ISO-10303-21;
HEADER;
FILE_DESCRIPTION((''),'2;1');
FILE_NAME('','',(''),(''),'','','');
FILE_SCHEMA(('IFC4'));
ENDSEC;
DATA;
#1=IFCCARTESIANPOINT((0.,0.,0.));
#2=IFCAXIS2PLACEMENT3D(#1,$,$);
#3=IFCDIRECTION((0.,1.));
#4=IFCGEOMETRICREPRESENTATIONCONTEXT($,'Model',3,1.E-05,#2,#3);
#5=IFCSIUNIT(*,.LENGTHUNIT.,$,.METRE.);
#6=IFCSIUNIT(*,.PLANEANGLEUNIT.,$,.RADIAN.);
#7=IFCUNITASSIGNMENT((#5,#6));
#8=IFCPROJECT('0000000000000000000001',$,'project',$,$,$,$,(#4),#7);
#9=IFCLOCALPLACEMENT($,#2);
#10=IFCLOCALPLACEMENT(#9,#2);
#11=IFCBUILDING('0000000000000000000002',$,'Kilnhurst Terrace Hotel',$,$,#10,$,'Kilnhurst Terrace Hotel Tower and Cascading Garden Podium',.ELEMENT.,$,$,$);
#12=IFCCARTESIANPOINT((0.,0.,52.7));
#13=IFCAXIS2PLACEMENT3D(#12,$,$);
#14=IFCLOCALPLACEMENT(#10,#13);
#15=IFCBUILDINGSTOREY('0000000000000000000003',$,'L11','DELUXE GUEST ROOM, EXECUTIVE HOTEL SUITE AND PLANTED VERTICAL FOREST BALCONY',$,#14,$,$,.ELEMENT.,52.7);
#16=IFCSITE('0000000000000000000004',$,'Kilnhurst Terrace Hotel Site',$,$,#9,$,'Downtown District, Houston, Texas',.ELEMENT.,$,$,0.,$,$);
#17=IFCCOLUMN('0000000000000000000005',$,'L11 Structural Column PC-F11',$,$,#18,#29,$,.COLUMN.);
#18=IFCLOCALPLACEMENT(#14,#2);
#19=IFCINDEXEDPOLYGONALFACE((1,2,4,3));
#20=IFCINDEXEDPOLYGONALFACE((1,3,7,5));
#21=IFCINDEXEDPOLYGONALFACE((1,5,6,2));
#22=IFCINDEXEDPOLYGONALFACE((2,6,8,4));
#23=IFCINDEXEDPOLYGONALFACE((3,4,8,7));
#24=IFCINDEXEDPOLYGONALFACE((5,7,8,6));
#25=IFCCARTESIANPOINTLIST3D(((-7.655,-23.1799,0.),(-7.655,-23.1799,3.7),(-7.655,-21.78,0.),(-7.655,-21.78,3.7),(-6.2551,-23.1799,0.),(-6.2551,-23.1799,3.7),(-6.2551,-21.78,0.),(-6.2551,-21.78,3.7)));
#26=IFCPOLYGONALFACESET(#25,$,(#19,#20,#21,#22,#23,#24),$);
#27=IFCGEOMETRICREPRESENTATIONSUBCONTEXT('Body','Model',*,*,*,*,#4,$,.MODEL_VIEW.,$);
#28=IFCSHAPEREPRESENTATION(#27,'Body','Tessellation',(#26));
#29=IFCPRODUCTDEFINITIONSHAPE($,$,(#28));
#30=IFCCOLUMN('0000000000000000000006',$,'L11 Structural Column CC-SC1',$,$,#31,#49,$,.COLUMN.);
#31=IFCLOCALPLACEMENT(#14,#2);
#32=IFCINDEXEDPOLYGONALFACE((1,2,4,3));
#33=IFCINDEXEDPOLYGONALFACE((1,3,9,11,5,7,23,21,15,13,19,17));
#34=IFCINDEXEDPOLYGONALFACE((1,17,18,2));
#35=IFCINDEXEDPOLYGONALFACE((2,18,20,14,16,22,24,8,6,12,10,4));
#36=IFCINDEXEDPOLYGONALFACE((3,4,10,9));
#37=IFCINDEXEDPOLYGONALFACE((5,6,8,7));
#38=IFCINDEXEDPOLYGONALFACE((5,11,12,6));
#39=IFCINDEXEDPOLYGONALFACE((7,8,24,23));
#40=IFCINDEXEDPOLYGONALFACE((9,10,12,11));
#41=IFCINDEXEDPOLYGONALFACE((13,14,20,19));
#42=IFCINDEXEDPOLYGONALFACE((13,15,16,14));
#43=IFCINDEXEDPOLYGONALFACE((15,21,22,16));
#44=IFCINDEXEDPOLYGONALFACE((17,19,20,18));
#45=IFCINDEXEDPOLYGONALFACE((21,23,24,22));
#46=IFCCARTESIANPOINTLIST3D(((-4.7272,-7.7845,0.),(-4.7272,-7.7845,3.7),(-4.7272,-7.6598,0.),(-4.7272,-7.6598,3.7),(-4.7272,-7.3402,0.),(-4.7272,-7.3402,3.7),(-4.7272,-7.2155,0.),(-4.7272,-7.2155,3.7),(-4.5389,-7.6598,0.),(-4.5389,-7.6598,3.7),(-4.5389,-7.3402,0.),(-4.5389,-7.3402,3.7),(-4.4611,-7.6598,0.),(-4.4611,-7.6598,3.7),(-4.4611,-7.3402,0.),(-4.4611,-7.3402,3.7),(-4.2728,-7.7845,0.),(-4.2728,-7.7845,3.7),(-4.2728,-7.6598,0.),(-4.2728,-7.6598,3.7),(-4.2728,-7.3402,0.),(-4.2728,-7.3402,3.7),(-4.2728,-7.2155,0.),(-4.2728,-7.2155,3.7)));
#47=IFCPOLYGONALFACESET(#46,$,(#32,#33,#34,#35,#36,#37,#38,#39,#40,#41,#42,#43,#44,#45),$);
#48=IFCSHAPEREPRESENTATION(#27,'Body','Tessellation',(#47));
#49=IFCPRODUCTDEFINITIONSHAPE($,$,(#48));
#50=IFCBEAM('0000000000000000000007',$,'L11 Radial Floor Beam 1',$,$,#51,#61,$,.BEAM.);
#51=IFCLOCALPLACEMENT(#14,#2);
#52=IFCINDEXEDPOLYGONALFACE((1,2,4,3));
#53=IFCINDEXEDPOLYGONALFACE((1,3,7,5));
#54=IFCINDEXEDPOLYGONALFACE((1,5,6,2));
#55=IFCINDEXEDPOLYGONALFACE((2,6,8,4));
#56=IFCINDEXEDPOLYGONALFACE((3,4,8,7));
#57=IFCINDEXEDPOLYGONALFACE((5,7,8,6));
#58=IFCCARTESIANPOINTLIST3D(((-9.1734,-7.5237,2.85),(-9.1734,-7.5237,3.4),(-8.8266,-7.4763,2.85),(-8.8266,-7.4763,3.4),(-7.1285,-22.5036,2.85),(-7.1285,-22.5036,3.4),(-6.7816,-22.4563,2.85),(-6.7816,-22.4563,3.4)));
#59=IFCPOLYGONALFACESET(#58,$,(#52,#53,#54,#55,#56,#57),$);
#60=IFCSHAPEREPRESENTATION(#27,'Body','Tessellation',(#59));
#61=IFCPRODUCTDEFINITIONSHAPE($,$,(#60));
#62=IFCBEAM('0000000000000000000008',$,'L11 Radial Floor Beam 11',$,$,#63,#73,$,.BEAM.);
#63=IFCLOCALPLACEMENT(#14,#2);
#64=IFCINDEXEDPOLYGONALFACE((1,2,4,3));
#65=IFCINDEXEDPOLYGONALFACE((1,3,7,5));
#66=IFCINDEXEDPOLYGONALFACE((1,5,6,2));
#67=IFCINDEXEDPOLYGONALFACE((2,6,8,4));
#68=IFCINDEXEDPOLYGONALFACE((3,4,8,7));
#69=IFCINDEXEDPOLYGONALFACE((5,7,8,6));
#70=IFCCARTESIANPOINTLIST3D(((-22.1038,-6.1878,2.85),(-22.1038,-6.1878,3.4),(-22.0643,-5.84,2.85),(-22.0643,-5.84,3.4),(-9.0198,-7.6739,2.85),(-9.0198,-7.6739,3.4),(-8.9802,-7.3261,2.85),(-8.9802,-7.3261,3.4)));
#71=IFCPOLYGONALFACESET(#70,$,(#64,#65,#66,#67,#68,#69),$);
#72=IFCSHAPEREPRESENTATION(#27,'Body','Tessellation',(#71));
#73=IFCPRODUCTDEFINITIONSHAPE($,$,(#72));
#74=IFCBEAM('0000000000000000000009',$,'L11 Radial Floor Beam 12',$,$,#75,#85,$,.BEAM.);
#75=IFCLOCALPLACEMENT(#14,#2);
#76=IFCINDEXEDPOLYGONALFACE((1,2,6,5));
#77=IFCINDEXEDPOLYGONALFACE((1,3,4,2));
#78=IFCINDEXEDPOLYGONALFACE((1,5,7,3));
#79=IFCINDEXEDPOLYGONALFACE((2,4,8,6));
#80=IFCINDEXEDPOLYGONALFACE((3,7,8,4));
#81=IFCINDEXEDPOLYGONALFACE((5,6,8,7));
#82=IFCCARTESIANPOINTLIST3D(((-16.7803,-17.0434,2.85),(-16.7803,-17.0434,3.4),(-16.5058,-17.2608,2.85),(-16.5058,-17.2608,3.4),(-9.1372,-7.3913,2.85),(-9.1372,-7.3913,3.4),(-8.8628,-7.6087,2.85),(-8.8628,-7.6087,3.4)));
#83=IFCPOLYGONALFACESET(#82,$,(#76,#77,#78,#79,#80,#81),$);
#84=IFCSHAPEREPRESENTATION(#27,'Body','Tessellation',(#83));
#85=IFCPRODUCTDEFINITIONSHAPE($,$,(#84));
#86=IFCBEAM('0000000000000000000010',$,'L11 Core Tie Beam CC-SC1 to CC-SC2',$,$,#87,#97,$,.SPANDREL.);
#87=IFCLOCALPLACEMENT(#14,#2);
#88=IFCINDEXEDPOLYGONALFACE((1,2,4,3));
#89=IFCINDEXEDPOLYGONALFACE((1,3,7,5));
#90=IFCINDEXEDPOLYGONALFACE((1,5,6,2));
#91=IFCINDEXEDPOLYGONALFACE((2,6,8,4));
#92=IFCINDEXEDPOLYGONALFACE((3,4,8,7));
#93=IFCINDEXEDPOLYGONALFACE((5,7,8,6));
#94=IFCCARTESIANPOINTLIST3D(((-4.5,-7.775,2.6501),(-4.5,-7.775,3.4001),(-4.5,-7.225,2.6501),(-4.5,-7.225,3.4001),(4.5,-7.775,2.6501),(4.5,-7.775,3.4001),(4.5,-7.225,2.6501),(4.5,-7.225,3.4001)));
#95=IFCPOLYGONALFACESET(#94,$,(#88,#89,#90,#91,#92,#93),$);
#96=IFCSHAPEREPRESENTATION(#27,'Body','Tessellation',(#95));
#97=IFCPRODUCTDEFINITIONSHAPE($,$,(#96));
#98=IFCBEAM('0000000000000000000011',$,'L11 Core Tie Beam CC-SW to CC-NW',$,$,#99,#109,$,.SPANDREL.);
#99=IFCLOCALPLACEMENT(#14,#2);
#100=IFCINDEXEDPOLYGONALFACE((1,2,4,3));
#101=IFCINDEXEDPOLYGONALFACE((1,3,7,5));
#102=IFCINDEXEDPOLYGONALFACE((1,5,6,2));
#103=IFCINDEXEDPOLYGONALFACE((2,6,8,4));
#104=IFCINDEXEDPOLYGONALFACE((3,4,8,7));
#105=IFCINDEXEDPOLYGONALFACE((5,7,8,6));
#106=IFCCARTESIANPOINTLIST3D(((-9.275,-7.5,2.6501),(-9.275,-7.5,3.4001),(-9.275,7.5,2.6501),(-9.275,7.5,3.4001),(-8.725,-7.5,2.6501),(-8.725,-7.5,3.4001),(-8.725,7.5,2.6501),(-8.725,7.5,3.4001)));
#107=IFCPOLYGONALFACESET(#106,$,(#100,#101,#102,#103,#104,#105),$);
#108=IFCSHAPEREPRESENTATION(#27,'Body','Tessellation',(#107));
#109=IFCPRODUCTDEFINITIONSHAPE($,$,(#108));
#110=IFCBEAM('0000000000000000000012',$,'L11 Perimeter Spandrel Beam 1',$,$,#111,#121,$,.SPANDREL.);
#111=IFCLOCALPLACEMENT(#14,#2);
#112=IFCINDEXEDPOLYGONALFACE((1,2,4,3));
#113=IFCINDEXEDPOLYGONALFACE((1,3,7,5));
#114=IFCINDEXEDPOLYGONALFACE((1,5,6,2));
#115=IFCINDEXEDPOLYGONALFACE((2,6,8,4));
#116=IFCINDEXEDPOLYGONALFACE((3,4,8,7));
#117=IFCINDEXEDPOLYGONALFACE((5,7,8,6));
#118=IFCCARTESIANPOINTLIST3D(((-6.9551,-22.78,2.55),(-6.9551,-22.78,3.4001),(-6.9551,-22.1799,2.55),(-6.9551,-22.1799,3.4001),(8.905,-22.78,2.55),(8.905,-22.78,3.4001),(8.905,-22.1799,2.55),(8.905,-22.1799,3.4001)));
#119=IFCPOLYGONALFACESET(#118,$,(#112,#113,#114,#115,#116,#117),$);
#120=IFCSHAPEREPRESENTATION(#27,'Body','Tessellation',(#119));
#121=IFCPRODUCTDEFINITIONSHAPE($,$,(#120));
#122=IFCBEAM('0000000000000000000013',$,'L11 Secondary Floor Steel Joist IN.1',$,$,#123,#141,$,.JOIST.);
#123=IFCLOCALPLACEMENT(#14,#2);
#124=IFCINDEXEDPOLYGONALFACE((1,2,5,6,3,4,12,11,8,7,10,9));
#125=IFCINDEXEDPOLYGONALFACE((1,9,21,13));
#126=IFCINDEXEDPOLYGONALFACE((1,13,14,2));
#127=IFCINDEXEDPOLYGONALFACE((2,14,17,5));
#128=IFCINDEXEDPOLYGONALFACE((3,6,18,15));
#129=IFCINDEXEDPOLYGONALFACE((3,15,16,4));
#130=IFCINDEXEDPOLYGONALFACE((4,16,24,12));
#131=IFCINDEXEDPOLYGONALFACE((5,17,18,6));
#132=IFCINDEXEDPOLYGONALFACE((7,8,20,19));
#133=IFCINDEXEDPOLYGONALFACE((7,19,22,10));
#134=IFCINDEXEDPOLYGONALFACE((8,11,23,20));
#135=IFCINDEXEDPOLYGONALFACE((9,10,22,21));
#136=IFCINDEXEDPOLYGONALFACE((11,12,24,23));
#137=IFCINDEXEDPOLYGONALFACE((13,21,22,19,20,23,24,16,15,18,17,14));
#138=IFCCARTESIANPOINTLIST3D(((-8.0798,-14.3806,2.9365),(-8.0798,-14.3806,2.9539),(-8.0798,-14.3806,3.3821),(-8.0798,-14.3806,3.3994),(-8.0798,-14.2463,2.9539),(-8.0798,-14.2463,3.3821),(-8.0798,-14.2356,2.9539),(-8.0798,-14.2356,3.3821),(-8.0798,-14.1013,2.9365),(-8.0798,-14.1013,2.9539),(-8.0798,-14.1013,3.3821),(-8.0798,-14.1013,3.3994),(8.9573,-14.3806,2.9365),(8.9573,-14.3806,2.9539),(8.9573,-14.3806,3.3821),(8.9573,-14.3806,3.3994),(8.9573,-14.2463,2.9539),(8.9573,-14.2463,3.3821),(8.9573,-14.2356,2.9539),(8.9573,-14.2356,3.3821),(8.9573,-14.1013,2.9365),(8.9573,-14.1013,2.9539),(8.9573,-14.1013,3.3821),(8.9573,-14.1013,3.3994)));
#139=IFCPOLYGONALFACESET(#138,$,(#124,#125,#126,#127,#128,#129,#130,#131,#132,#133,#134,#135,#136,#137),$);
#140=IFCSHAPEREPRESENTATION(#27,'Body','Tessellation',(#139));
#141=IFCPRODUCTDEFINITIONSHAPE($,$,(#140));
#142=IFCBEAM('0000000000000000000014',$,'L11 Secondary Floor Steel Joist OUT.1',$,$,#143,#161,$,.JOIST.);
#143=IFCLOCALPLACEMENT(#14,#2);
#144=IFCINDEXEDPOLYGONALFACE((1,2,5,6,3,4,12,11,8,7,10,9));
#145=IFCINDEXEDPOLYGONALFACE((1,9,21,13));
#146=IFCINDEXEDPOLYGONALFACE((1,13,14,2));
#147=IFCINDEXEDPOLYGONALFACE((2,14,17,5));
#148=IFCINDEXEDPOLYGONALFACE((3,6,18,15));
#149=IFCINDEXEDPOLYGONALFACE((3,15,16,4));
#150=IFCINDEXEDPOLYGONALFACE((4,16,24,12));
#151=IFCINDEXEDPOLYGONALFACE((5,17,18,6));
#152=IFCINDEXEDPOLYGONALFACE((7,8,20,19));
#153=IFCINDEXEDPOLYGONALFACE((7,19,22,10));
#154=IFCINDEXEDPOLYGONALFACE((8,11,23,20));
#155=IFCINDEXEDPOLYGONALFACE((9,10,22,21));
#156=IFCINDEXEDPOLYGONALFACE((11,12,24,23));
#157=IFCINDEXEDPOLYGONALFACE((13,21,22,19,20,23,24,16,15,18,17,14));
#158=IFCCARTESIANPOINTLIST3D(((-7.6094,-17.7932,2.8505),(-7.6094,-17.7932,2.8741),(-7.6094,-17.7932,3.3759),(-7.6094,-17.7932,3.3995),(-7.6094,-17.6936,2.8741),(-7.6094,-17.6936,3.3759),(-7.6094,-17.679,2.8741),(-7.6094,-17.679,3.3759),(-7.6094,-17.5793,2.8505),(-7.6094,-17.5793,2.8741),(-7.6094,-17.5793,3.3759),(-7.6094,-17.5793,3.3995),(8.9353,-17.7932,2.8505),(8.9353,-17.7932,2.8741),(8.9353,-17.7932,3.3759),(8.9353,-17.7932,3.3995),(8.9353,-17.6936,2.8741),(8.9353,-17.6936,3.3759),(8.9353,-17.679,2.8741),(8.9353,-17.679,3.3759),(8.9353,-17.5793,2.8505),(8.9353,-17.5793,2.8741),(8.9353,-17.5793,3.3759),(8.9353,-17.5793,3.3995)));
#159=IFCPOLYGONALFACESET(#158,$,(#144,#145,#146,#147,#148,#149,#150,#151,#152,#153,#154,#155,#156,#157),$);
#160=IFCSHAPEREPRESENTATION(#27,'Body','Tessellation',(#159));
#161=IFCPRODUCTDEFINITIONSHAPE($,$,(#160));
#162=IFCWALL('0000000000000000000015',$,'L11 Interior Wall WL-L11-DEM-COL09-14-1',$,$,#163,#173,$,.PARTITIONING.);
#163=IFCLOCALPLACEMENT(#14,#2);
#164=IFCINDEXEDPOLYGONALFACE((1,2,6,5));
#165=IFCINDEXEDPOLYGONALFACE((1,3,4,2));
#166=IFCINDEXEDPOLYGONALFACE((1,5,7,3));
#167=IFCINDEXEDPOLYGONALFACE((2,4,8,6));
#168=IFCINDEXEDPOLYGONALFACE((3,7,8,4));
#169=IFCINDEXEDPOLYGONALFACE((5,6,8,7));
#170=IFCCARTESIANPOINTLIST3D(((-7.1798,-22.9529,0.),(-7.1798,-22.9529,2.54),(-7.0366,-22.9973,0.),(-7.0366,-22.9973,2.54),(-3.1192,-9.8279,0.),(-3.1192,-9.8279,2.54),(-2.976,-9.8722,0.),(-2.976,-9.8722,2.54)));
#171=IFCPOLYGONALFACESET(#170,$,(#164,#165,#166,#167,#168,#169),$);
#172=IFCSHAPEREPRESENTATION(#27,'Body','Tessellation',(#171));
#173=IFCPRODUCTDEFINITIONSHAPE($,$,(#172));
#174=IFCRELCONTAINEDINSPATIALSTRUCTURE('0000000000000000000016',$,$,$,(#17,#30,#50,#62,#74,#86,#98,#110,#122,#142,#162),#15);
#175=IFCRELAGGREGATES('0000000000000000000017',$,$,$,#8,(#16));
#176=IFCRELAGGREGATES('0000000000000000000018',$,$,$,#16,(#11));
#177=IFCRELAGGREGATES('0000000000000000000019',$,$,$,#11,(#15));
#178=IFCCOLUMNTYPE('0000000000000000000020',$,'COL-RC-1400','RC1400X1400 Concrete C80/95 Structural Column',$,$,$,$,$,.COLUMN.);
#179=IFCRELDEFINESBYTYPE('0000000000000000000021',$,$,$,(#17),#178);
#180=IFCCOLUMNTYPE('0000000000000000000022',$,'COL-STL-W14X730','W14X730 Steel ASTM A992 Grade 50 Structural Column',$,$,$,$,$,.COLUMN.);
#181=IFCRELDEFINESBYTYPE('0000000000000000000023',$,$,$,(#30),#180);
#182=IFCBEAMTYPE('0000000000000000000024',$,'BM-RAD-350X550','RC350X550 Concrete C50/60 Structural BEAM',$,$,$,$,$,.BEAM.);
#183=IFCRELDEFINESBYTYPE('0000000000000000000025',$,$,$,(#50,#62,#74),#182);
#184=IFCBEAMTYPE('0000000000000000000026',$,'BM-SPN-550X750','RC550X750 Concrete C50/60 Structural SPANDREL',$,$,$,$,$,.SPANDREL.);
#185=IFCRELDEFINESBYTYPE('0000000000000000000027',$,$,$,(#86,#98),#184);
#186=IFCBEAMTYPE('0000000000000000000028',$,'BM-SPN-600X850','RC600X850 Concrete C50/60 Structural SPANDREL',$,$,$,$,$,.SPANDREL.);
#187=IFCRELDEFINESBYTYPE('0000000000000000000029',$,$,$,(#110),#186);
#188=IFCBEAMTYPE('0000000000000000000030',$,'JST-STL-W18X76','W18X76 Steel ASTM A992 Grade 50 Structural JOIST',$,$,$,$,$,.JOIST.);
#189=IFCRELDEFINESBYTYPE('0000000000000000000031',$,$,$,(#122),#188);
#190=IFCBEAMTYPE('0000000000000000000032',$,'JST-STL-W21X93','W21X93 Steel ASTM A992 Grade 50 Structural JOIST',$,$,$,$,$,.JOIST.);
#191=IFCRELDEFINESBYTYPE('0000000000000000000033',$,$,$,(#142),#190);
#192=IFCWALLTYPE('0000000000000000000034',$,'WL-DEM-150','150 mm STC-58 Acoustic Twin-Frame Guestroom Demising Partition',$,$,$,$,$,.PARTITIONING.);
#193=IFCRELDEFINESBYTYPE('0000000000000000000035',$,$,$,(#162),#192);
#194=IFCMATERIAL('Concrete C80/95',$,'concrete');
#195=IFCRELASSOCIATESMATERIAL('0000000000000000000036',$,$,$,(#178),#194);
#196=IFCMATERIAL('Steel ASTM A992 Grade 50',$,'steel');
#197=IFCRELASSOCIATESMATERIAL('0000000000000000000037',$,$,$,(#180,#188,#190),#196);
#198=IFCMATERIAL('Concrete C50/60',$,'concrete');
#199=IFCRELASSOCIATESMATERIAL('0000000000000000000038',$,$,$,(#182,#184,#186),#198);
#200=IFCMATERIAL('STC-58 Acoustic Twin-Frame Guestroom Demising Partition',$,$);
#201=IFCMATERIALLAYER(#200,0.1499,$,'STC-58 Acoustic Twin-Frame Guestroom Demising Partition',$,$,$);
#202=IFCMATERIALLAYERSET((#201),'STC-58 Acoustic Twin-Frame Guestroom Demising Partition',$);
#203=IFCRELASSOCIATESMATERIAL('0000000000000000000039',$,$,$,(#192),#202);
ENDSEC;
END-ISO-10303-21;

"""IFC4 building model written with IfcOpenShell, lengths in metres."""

from ifc_helpers import new_model, si_unit, direction, frame, frame_2d, origin, origin_2d, place, context, subcontext, project, spatial, rectangle, i_section, extrude, material, layer, layer_set, material_profile, profile_set, type_object, element, save


model = new_model("IFC4")

# Units and contexts
model_context = context("Model", 3, precision=1e-05, world=origin(), true_north=direction((0.0, 1.0)))
body_context = subcontext(model_context, "Body", "Model", "MODEL_VIEW")
ifc_project = project(units=[si_unit("LENGTHUNIT", "METRE"), si_unit("PLANEANGLEUNIT", "RADIAN")], contexts=[model_context])

# Site, building, storey
site_placement = place(None, origin())
site = spatial("IfcSite", under=ifc_project, at=site_placement, Name="Kilnhurst Terrace Hotel Site", LongName="Downtown District, Houston, Texas", CompositionType="ELEMENT", RefElevation=0.0)
building_placement = place(site_placement, origin())
building = spatial("IfcBuilding", under=site, at=building_placement, Name="Kilnhurst Terrace Hotel", LongName="Kilnhurst Terrace Hotel Tower and Cascading Garden Podium", CompositionType="ELEMENT")
storey_placement = place(building_placement, frame((0.0, 0.0, 52.7)))
storey = spatial("IfcBuildingStorey", under=building, at=storey_placement, Name="L11", Description="DELUXE GUEST ROOM, EXECUTIVE HOTEL SUITE AND PLANTED VERTICAL FOREST BALCONY", CompositionType="ELEMENT", Elevation=52.7)

# Columns
ifc_material_1 = material(Name="Concrete C80/95", Category="concrete")
ifc_material_profile_1 = material_profile(ifc_material_1, rectangle(XDim=1.3999, YDim=1.3999, at=origin_2d()), Name="RC1400X1400")
ifc_profile_set_1 = profile_set([ifc_material_profile_1], Name="Concrete C80/95")
column_type_1 = type_object("IfcColumnType", Name="COL-RC-1400", Description="RC1400X1400 Concrete C80/95 Structural Column", PredefinedType="COLUMN", material=ifc_profile_set_1)
column_1_placement = place(storey_placement, frame((-6.9551, -22.48, 0.0), z_axis=(0.0, 0.0, 1.0), x_axis=(1.0, 0.0, 0.0)))
element("IfcColumn", 1, at=column_1_placement, inside=storey, type_object=column_type_1, Name="L11 Structural Column PC-F11", PredefinedType="COLUMN", context=body_context, shape_type="SweptSolid", body=[
    extrude(rectangle(XDim=1.3999, YDim=1.3999, at=origin_2d()), origin(), (0.0, 0.0, 1.0), 3.7),
])
ifc_material_2 = material(Name="Steel ASTM A992 Grade 50", Category="steel")
ifc_material_profile_2 = material_profile(ifc_material_2, i_section(OverallWidth=0.4543, OverallDepth=0.5691, WebThickness=0.0779, FlangeThickness=0.1248, at=origin_2d()), Name="W14X730")
ifc_profile_set_2 = profile_set([ifc_material_profile_2], Name="Steel ASTM A992 Grade 50")
column_type_2 = type_object("IfcColumnType", Name="COL-STL-W14X730", Description="W14X730 Steel ASTM A992 Grade 50 Structural Column", PredefinedType="COLUMN", material=ifc_profile_set_2)
column_2_placement = place(storey_placement, frame((-4.5, -7.5, 0.0), z_axis=(0.0, 0.0, 1.0), x_axis=(1.0, 0.0, 0.0)))
element("IfcColumn", 2, at=column_2_placement, inside=storey, type_object=column_type_2, Name="L11 Structural Column CC-SC1", PredefinedType="COLUMN", context=body_context, shape_type="SweptSolid", body=[
    extrude(i_section(OverallWidth=0.4543, OverallDepth=0.5691, WebThickness=0.0779, FlangeThickness=0.1248, at=origin_2d()), origin(), (0.0, 0.0, 1.0), 3.7),
])

# Beams
ifc_material_3 = material(Name="Concrete C50/60", Category="concrete")
ifc_material_profile_3 = material_profile(ifc_material_3, rectangle(XDim=0.3501, YDim=0.55, at=origin_2d()), Name="RC350X550")
ifc_profile_set_3 = profile_set([ifc_material_profile_3], Name="Concrete C50/60")
beam_type_1 = type_object("IfcBeamType", Name="BM-RAD-350X550", Description="RC350X550 Concrete C50/60 Structural BEAM", PredefinedType="BEAM", material=ifc_profile_set_3)
beam_1_placement = place(storey_placement, frame((-9.0, -7.5, 3.125), z_axis=(0.135256, -0.990811, 0.0), x_axis=(0.990811, 0.135256, 0.0)))
element("IfcBeam", 3, at=beam_1_placement, inside=storey, type_object=beam_type_1, Name="L11 Radial Floor Beam 1", PredefinedType="BEAM", context=body_context, shape_type="SweptSolid", body=[
    extrude(rectangle(XDim=0.3501, YDim=0.55, at=origin_2d()), origin(), (0.0, 0.0, 1.0), 15.1189),
])
beam_2_placement = place(storey_placement, frame((-9.0, -7.5, 3.125), z_axis=(-0.993611, 0.112855, 0.0), x_axis=(-0.112855, -0.993611, 0.0)))
element("IfcBeam", 4, at=beam_2_placement, inside=storey, type_object=beam_type_1, Name="L11 Radial Floor Beam 11", PredefinedType="BEAM", context=body_context, shape_type="SweptSolid", body=[
    extrude(rectangle(XDim=0.3501, YDim=0.55, at=origin_2d()), origin(), (0.0, 0.0, 1.0), 13.1682),
])
beam_3_placement = place(storey_placement, frame((-9.0, -7.5, 3.125), z_axis=(-0.620794, -0.783974, 0.0), x_axis=(0.783974, -0.620794, 0.0)))
element("IfcBeam", 5, at=beam_3_placement, inside=storey, type_object=beam_type_1, Name="L11 Radial Floor Beam 12", PredefinedType="BEAM", context=body_context, shape_type="SweptSolid", body=[
    extrude(rectangle(XDim=0.3501, YDim=0.55, at=origin_2d()), origin(), (0.0, 0.0, 1.0), 12.3118),
])
ifc_material_profile_4 = material_profile(ifc_material_3, rectangle(XDim=0.55, YDim=0.75, at=origin_2d()), Name="RC550X750")
ifc_profile_set_4 = profile_set([ifc_material_profile_4], Name="Concrete C50/60")
beam_type_2 = type_object("IfcBeamType", Name="BM-SPN-550X750", Description="RC550X750 Concrete C50/60 Structural SPANDREL", PredefinedType="SPANDREL", material=ifc_profile_set_4)
beam_4_placement = place(storey_placement, frame((-4.5, -7.5, 3.0251), z_axis=(1.0, 0.0, 0.0), x_axis=(0.0, 1.0, 0.0)))
element("IfcBeam", 6, at=beam_4_placement, inside=storey, type_object=beam_type_2, Name="L11 Core Tie Beam CC-SC1 to CC-SC2", PredefinedType="SPANDREL", context=body_context, shape_type="SweptSolid", body=[
    extrude(rectangle(XDim=0.55, YDim=0.75, at=origin_2d()), origin(), (0.0, 0.0, 1.0), 9.0),
])
beam_5_placement = place(storey_placement, frame((-9.0, -7.5, 3.0251), z_axis=(0.0, 1.0, 0.0), x_axis=(-1.0, 0.0, 0.0)))
element("IfcBeam", 7, at=beam_5_placement, inside=storey, type_object=beam_type_2, Name="L11 Core Tie Beam CC-SW to CC-NW", PredefinedType="SPANDREL", context=body_context, shape_type="SweptSolid", body=[
    extrude(rectangle(XDim=0.55, YDim=0.75, at=origin_2d()), origin(), (0.0, 0.0, 1.0), 15.0),
])
ifc_material_profile_5 = material_profile(ifc_material_3, rectangle(XDim=0.6001, YDim=0.8501, at=origin_2d()), Name="RC600X850")
ifc_profile_set_5 = profile_set([ifc_material_profile_5], Name="Concrete C50/60")
beam_type_3 = type_object("IfcBeamType", Name="BM-SPN-600X850", Description="RC600X850 Concrete C50/60 Structural SPANDREL", PredefinedType="SPANDREL", material=ifc_profile_set_5)
beam_6_placement = place(storey_placement, frame((-6.9551, -22.48, 2.9751), z_axis=(1.0, 0.0, 0.0), x_axis=(0.0, 1.0, 0.0)))
element("IfcBeam", 8, at=beam_6_placement, inside=storey, type_object=beam_type_3, Name="L11 Perimeter Spandrel Beam 1", PredefinedType="SPANDREL", context=body_context, shape_type="SweptSolid", body=[
    extrude(rectangle(XDim=0.6001, YDim=0.8501, at=origin_2d()), origin(), (0.0, 0.0, 1.0), 15.8601),
])
ifc_material_profile_6 = material_profile(ifc_material_2, i_section(OverallWidth=0.2793, OverallDepth=0.4629, WebThickness=0.0107, FlangeThickness=0.0173, at=origin_2d()), Name="W18X76")
ifc_profile_set_6 = profile_set([ifc_material_profile_6], Name="Steel ASTM A992 Grade 50")
beam_type_4 = type_object("IfcBeamType", Name="JST-STL-W18X76", Description="W18X76 Steel ASTM A992 Grade 50 Structural JOIST", PredefinedType="JOIST", material=ifc_profile_set_6)
beam_7_placement = place(storey_placement, frame((-8.0798, -14.241, 3.168), z_axis=(1.0, 0.0, 0.0), x_axis=(0.0, 1.0, 0.0)))
element("IfcBeam", 9, at=beam_7_placement, inside=storey, type_object=beam_type_4, Name="L11 Secondary Floor Steel Joist IN.1", PredefinedType="JOIST", context=body_context, shape_type="SweptSolid", body=[
    extrude(i_section(OverallWidth=0.2793, OverallDepth=0.4629, WebThickness=0.0107, FlangeThickness=0.0173, at=origin_2d()), origin(), (0.0, 0.0, 1.0), 17.0371),
])
ifc_material_profile_7 = material_profile(ifc_material_2, i_section(OverallWidth=0.2139, OverallDepth=0.5491, WebThickness=0.0146, FlangeThickness=0.0237, at=origin_2d()), Name="W21X93")
ifc_profile_set_7 = profile_set([ifc_material_profile_7], Name="Steel ASTM A992 Grade 50")
beam_type_5 = type_object("IfcBeamType", Name="JST-STL-W21X93", Description="W21X93 Steel ASTM A992 Grade 50 Structural JOIST", PredefinedType="JOIST", material=ifc_profile_set_7)
beam_8_placement = place(storey_placement, frame((-7.6094, -17.6863, 3.125), z_axis=(1.0, 0.0, 0.0), x_axis=(0.0, 1.0, 0.0)))
element("IfcBeam", 10, at=beam_8_placement, inside=storey, type_object=beam_type_5, Name="L11 Secondary Floor Steel Joist OUT.1", PredefinedType="JOIST", context=body_context, shape_type="SweptSolid", body=[
    extrude(i_section(OverallWidth=0.2139, OverallDepth=0.5491, WebThickness=0.0146, FlangeThickness=0.0237, at=origin_2d()), origin(), (0.0, 0.0, 1.0), 16.5447),
])

# Wall
ifc_material_4 = material(Name="STC-58 Acoustic Twin-Frame Guestroom Demising Partition")
ifc_layer_1 = layer(ifc_material_4, 0.1499, Name="STC-58 Acoustic Twin-Frame Guestroom Demising Partition")
ifc_layer_set_1 = layer_set([ifc_layer_1], Name="STC-58 Acoustic Twin-Frame Guestroom Demising Partition")
wall_type_1 = type_object("IfcWallType", Name="WL-DEM-150", Description="150 mm STC-58 Acoustic Twin-Frame Guestroom Demising Partition", PredefinedType="PARTITIONING", material=ifc_layer_set_1)
wall_1_placement = place(storey_placement, frame((-3.0476, -9.8501, 0.0), z_axis=(0.0, 0.0, 1.0), x_axis=(-0.295554, -0.955326, 0.0)))
element("IfcWall", 11, at=wall_1_placement, inside=storey, type_object=wall_type_1, Name="L11 Interior Wall WL-L11-DEM-COL09-14-1", PredefinedType="PARTITIONING", context=body_context, shape_type="SweptSolid", body=[
    extrude(rectangle(XDim=13.7388, YDim=0.1499, at=frame_2d((6.8694, 0.0))), origin(), (0.0, 0.0, 1.0), 2.54),
])

save(model, "model.ifc")
